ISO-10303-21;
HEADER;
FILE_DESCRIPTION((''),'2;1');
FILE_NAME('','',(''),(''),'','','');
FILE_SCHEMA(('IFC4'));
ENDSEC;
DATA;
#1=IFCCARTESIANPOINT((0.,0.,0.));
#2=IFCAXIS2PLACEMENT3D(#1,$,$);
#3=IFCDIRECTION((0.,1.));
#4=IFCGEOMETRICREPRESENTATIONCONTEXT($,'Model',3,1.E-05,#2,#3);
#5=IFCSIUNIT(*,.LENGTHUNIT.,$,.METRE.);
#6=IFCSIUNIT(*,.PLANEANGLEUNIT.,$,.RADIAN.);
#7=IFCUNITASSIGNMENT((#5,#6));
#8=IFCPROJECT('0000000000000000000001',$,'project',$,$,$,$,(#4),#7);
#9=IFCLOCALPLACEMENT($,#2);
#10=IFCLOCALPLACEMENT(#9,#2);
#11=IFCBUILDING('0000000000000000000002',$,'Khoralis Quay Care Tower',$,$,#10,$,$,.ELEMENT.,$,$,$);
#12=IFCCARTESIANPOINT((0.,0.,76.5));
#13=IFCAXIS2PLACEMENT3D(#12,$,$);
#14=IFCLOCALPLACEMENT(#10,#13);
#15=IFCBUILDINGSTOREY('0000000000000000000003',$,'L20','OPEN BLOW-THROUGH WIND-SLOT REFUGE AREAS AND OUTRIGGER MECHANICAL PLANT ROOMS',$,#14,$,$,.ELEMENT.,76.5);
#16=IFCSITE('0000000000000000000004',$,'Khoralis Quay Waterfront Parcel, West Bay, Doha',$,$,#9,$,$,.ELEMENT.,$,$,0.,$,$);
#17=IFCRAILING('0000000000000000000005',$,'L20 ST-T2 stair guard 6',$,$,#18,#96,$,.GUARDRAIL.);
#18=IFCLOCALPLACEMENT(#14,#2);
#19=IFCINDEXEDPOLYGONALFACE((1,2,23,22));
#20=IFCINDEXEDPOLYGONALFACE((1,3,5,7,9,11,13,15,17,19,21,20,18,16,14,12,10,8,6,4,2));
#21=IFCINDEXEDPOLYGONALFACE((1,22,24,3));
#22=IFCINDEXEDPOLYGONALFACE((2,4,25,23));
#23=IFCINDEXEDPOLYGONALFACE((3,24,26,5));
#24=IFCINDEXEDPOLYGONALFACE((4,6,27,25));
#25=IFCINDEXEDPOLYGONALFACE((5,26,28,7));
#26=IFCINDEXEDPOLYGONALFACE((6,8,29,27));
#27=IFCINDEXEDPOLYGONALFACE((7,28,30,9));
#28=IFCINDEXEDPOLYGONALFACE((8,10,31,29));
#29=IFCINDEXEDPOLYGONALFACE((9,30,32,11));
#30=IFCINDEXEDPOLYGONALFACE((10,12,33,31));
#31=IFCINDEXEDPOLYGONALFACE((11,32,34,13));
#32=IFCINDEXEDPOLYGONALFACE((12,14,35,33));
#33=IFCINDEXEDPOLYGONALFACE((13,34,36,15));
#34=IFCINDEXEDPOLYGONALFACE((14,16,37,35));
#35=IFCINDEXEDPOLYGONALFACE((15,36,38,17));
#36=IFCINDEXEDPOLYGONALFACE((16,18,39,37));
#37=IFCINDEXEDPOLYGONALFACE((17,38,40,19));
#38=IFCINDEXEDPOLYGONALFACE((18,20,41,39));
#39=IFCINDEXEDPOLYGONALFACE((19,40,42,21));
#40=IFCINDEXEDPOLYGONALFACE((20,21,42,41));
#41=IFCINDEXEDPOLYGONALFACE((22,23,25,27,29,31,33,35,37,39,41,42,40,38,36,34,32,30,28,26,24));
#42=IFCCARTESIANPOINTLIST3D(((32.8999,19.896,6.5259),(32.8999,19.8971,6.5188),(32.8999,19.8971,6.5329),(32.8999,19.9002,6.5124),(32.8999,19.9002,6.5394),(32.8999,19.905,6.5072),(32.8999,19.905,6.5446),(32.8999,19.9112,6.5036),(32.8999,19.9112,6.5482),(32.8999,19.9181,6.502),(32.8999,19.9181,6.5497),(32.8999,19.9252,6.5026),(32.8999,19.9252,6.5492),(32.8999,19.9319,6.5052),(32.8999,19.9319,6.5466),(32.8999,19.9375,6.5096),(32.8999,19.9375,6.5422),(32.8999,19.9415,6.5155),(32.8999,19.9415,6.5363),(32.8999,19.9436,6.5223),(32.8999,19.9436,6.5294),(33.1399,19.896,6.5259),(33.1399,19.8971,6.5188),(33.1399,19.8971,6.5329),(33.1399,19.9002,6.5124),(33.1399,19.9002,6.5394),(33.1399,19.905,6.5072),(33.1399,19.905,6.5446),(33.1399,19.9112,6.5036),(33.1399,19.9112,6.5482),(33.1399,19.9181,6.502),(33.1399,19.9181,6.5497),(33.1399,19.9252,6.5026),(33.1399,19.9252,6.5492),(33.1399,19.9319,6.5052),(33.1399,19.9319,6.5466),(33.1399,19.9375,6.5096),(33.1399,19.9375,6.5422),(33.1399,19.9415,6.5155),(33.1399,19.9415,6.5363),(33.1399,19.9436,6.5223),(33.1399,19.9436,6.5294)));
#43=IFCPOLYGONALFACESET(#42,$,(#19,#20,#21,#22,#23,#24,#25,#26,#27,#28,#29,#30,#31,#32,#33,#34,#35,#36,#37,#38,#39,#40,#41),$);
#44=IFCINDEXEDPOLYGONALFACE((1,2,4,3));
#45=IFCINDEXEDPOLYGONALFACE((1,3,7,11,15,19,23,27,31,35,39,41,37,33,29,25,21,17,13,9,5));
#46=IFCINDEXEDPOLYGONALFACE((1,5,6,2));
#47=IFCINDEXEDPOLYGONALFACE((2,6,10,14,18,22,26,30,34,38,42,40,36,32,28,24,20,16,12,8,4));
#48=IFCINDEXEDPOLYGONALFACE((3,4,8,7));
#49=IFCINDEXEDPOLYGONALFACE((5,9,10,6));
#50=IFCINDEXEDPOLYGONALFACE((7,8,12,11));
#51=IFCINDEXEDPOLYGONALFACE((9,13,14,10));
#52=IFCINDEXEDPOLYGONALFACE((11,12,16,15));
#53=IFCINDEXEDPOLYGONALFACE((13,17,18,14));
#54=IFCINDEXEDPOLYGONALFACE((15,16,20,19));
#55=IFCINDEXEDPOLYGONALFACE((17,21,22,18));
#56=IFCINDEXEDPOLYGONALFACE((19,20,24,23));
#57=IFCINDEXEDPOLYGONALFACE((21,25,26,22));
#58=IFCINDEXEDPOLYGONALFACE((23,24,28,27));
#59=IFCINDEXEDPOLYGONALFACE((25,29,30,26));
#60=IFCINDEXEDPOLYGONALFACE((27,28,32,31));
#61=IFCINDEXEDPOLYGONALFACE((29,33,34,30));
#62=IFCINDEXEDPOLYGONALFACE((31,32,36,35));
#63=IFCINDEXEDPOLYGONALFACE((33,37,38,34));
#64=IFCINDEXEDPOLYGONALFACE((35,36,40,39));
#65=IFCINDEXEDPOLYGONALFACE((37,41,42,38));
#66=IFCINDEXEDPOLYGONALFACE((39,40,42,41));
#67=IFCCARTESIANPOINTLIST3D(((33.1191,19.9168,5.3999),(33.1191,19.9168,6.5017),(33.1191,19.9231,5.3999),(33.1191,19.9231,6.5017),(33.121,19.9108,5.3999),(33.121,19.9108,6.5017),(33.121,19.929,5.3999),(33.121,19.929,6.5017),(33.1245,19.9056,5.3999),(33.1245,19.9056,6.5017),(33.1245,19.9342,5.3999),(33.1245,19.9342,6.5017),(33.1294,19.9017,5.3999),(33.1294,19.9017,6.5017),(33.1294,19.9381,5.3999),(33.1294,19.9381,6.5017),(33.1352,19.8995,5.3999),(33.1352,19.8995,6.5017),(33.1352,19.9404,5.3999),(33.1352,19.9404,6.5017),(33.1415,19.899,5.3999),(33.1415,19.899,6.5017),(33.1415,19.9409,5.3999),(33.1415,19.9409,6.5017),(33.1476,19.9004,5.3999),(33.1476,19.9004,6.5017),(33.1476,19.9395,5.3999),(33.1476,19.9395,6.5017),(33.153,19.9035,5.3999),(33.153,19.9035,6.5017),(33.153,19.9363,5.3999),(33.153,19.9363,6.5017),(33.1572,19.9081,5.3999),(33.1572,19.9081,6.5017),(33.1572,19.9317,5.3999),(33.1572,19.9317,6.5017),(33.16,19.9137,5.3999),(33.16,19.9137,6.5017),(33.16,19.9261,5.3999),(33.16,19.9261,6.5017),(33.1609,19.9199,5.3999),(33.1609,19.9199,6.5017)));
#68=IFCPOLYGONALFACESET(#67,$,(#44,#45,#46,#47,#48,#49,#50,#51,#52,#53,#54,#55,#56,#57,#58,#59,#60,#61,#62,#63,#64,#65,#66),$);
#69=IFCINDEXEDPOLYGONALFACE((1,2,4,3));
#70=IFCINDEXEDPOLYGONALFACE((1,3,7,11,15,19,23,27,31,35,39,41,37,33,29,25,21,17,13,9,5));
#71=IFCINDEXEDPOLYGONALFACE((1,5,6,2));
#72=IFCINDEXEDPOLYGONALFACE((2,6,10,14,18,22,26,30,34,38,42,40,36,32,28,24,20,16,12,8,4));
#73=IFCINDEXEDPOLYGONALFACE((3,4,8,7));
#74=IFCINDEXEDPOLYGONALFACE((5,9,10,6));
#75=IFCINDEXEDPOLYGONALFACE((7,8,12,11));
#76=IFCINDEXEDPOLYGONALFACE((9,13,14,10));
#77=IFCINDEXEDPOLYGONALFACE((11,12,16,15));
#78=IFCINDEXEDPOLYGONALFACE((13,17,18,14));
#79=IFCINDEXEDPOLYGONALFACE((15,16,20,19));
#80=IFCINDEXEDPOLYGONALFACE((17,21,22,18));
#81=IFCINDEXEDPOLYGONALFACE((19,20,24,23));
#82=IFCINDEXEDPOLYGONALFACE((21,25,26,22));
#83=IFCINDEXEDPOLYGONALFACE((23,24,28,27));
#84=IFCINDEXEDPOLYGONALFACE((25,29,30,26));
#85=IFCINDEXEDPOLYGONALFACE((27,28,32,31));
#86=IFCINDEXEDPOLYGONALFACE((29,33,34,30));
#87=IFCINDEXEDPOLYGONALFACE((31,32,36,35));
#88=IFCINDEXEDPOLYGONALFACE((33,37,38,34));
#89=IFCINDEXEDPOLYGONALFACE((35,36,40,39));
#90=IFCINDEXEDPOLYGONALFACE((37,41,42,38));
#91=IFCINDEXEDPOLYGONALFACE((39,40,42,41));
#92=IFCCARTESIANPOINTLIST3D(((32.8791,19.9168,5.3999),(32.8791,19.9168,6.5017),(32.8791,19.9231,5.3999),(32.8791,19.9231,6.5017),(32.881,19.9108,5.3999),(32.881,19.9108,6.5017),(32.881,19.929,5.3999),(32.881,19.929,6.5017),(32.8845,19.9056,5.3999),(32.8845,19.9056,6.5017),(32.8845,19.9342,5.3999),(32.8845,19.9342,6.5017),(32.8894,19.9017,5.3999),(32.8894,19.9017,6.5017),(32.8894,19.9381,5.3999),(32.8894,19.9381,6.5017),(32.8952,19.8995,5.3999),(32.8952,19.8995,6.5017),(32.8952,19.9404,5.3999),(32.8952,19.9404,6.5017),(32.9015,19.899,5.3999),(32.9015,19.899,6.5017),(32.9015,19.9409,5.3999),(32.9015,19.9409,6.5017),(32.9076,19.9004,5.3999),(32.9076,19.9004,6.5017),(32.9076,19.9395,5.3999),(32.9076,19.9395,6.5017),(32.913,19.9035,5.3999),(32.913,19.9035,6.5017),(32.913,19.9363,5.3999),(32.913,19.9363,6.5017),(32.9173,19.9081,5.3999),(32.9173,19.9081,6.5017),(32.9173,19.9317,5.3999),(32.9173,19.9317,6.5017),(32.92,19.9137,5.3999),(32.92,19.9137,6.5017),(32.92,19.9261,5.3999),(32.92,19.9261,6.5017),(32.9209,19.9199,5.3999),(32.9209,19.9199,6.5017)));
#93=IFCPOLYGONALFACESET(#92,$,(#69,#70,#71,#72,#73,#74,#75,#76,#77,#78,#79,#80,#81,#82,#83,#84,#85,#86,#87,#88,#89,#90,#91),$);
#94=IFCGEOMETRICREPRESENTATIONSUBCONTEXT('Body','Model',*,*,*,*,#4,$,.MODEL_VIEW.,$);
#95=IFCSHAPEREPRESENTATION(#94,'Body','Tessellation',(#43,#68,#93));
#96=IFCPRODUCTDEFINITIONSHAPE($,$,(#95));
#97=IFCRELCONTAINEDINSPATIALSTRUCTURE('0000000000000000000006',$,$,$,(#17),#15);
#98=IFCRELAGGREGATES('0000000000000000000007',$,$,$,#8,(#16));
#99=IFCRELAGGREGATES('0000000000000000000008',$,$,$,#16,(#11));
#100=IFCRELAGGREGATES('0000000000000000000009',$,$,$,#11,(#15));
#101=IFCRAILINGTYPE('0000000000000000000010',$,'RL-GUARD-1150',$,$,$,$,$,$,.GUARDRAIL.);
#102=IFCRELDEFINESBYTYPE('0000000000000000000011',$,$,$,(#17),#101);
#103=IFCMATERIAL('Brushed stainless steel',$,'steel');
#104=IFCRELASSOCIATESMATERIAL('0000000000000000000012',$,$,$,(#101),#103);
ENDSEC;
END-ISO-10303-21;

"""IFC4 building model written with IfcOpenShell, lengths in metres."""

from ifc_helpers import new_model, si_unit, direction, frame, origin, origin_2d, place, context, subcontext, project, spatial, circle, extrude, material, type_object, element, save


model = new_model("IFC4")

# Units and contexts
model_context = context("Model", 3, precision=1e-05, world=origin(), true_north=direction((0.0, 1.0)))
body_context = subcontext(model_context, "Body", "Model", "MODEL_VIEW")
ifc_project = project(units=[si_unit("LENGTHUNIT", "METRE"), si_unit("PLANEANGLEUNIT", "RADIAN")], contexts=[model_context])

# Site, building, storey
site_placement = place(None, origin())
site = spatial("IfcSite", under=ifc_project, at=site_placement, Name="Khoralis Quay Waterfront Parcel, West Bay, Doha", CompositionType="ELEMENT", RefElevation=0.0)
building_placement = place(site_placement, origin())
building = spatial("IfcBuilding", under=site, at=building_placement, Name="Khoralis Quay Care Tower", CompositionType="ELEMENT")
storey_placement = place(building_placement, frame((0.0, 0.0, 76.5)))
storey = spatial("IfcBuildingStorey", under=building, at=storey_placement, Name="L20", Description="OPEN BLOW-THROUGH WIND-SLOT REFUGE AREAS AND OUTRIGGER MECHANICAL PLANT ROOMS", CompositionType="ELEMENT", Elevation=76.5)

# Shared definitions
ifc_material_1 = material(Name="Brushed stainless steel", Category="steel")

# Railing
railing_type_1 = type_object("IfcRailingType", Name="RL-GUARD-1150", PredefinedType="GUARDRAIL", material=ifc_material_1)
railing_1_placement = place(storey_placement, frame((33.1399, 19.9199, 5.3999)))
element("IfcRailing", 1, at=railing_1_placement, inside=storey, type_object=railing_type_1, Name="L20 ST-T2 stair guard 6", PredefinedType="GUARDRAIL", context=body_context, shape_type="SweptSolid", body=[
    extrude(circle(Radius=0.0239, at=origin_2d()), frame((0.0, 0.0, 1.126), z_axis=(-1.0, 0.0, 0.0), x_axis=(0.0, -1.0, 0.0)), (0.0, 0.0, 1.0), 0.24),
    extrude(circle(Radius=0.021, at=origin_2d()), origin(), (0.0, 0.0, 1.0), 1.1018),
    extrude(circle(Radius=0.021, at=origin_2d()), frame((-0.24, 0.0, 0.0)), (0.0, 0.0, 1.0), 1.1018),
])

save(model, "model.ifc")
